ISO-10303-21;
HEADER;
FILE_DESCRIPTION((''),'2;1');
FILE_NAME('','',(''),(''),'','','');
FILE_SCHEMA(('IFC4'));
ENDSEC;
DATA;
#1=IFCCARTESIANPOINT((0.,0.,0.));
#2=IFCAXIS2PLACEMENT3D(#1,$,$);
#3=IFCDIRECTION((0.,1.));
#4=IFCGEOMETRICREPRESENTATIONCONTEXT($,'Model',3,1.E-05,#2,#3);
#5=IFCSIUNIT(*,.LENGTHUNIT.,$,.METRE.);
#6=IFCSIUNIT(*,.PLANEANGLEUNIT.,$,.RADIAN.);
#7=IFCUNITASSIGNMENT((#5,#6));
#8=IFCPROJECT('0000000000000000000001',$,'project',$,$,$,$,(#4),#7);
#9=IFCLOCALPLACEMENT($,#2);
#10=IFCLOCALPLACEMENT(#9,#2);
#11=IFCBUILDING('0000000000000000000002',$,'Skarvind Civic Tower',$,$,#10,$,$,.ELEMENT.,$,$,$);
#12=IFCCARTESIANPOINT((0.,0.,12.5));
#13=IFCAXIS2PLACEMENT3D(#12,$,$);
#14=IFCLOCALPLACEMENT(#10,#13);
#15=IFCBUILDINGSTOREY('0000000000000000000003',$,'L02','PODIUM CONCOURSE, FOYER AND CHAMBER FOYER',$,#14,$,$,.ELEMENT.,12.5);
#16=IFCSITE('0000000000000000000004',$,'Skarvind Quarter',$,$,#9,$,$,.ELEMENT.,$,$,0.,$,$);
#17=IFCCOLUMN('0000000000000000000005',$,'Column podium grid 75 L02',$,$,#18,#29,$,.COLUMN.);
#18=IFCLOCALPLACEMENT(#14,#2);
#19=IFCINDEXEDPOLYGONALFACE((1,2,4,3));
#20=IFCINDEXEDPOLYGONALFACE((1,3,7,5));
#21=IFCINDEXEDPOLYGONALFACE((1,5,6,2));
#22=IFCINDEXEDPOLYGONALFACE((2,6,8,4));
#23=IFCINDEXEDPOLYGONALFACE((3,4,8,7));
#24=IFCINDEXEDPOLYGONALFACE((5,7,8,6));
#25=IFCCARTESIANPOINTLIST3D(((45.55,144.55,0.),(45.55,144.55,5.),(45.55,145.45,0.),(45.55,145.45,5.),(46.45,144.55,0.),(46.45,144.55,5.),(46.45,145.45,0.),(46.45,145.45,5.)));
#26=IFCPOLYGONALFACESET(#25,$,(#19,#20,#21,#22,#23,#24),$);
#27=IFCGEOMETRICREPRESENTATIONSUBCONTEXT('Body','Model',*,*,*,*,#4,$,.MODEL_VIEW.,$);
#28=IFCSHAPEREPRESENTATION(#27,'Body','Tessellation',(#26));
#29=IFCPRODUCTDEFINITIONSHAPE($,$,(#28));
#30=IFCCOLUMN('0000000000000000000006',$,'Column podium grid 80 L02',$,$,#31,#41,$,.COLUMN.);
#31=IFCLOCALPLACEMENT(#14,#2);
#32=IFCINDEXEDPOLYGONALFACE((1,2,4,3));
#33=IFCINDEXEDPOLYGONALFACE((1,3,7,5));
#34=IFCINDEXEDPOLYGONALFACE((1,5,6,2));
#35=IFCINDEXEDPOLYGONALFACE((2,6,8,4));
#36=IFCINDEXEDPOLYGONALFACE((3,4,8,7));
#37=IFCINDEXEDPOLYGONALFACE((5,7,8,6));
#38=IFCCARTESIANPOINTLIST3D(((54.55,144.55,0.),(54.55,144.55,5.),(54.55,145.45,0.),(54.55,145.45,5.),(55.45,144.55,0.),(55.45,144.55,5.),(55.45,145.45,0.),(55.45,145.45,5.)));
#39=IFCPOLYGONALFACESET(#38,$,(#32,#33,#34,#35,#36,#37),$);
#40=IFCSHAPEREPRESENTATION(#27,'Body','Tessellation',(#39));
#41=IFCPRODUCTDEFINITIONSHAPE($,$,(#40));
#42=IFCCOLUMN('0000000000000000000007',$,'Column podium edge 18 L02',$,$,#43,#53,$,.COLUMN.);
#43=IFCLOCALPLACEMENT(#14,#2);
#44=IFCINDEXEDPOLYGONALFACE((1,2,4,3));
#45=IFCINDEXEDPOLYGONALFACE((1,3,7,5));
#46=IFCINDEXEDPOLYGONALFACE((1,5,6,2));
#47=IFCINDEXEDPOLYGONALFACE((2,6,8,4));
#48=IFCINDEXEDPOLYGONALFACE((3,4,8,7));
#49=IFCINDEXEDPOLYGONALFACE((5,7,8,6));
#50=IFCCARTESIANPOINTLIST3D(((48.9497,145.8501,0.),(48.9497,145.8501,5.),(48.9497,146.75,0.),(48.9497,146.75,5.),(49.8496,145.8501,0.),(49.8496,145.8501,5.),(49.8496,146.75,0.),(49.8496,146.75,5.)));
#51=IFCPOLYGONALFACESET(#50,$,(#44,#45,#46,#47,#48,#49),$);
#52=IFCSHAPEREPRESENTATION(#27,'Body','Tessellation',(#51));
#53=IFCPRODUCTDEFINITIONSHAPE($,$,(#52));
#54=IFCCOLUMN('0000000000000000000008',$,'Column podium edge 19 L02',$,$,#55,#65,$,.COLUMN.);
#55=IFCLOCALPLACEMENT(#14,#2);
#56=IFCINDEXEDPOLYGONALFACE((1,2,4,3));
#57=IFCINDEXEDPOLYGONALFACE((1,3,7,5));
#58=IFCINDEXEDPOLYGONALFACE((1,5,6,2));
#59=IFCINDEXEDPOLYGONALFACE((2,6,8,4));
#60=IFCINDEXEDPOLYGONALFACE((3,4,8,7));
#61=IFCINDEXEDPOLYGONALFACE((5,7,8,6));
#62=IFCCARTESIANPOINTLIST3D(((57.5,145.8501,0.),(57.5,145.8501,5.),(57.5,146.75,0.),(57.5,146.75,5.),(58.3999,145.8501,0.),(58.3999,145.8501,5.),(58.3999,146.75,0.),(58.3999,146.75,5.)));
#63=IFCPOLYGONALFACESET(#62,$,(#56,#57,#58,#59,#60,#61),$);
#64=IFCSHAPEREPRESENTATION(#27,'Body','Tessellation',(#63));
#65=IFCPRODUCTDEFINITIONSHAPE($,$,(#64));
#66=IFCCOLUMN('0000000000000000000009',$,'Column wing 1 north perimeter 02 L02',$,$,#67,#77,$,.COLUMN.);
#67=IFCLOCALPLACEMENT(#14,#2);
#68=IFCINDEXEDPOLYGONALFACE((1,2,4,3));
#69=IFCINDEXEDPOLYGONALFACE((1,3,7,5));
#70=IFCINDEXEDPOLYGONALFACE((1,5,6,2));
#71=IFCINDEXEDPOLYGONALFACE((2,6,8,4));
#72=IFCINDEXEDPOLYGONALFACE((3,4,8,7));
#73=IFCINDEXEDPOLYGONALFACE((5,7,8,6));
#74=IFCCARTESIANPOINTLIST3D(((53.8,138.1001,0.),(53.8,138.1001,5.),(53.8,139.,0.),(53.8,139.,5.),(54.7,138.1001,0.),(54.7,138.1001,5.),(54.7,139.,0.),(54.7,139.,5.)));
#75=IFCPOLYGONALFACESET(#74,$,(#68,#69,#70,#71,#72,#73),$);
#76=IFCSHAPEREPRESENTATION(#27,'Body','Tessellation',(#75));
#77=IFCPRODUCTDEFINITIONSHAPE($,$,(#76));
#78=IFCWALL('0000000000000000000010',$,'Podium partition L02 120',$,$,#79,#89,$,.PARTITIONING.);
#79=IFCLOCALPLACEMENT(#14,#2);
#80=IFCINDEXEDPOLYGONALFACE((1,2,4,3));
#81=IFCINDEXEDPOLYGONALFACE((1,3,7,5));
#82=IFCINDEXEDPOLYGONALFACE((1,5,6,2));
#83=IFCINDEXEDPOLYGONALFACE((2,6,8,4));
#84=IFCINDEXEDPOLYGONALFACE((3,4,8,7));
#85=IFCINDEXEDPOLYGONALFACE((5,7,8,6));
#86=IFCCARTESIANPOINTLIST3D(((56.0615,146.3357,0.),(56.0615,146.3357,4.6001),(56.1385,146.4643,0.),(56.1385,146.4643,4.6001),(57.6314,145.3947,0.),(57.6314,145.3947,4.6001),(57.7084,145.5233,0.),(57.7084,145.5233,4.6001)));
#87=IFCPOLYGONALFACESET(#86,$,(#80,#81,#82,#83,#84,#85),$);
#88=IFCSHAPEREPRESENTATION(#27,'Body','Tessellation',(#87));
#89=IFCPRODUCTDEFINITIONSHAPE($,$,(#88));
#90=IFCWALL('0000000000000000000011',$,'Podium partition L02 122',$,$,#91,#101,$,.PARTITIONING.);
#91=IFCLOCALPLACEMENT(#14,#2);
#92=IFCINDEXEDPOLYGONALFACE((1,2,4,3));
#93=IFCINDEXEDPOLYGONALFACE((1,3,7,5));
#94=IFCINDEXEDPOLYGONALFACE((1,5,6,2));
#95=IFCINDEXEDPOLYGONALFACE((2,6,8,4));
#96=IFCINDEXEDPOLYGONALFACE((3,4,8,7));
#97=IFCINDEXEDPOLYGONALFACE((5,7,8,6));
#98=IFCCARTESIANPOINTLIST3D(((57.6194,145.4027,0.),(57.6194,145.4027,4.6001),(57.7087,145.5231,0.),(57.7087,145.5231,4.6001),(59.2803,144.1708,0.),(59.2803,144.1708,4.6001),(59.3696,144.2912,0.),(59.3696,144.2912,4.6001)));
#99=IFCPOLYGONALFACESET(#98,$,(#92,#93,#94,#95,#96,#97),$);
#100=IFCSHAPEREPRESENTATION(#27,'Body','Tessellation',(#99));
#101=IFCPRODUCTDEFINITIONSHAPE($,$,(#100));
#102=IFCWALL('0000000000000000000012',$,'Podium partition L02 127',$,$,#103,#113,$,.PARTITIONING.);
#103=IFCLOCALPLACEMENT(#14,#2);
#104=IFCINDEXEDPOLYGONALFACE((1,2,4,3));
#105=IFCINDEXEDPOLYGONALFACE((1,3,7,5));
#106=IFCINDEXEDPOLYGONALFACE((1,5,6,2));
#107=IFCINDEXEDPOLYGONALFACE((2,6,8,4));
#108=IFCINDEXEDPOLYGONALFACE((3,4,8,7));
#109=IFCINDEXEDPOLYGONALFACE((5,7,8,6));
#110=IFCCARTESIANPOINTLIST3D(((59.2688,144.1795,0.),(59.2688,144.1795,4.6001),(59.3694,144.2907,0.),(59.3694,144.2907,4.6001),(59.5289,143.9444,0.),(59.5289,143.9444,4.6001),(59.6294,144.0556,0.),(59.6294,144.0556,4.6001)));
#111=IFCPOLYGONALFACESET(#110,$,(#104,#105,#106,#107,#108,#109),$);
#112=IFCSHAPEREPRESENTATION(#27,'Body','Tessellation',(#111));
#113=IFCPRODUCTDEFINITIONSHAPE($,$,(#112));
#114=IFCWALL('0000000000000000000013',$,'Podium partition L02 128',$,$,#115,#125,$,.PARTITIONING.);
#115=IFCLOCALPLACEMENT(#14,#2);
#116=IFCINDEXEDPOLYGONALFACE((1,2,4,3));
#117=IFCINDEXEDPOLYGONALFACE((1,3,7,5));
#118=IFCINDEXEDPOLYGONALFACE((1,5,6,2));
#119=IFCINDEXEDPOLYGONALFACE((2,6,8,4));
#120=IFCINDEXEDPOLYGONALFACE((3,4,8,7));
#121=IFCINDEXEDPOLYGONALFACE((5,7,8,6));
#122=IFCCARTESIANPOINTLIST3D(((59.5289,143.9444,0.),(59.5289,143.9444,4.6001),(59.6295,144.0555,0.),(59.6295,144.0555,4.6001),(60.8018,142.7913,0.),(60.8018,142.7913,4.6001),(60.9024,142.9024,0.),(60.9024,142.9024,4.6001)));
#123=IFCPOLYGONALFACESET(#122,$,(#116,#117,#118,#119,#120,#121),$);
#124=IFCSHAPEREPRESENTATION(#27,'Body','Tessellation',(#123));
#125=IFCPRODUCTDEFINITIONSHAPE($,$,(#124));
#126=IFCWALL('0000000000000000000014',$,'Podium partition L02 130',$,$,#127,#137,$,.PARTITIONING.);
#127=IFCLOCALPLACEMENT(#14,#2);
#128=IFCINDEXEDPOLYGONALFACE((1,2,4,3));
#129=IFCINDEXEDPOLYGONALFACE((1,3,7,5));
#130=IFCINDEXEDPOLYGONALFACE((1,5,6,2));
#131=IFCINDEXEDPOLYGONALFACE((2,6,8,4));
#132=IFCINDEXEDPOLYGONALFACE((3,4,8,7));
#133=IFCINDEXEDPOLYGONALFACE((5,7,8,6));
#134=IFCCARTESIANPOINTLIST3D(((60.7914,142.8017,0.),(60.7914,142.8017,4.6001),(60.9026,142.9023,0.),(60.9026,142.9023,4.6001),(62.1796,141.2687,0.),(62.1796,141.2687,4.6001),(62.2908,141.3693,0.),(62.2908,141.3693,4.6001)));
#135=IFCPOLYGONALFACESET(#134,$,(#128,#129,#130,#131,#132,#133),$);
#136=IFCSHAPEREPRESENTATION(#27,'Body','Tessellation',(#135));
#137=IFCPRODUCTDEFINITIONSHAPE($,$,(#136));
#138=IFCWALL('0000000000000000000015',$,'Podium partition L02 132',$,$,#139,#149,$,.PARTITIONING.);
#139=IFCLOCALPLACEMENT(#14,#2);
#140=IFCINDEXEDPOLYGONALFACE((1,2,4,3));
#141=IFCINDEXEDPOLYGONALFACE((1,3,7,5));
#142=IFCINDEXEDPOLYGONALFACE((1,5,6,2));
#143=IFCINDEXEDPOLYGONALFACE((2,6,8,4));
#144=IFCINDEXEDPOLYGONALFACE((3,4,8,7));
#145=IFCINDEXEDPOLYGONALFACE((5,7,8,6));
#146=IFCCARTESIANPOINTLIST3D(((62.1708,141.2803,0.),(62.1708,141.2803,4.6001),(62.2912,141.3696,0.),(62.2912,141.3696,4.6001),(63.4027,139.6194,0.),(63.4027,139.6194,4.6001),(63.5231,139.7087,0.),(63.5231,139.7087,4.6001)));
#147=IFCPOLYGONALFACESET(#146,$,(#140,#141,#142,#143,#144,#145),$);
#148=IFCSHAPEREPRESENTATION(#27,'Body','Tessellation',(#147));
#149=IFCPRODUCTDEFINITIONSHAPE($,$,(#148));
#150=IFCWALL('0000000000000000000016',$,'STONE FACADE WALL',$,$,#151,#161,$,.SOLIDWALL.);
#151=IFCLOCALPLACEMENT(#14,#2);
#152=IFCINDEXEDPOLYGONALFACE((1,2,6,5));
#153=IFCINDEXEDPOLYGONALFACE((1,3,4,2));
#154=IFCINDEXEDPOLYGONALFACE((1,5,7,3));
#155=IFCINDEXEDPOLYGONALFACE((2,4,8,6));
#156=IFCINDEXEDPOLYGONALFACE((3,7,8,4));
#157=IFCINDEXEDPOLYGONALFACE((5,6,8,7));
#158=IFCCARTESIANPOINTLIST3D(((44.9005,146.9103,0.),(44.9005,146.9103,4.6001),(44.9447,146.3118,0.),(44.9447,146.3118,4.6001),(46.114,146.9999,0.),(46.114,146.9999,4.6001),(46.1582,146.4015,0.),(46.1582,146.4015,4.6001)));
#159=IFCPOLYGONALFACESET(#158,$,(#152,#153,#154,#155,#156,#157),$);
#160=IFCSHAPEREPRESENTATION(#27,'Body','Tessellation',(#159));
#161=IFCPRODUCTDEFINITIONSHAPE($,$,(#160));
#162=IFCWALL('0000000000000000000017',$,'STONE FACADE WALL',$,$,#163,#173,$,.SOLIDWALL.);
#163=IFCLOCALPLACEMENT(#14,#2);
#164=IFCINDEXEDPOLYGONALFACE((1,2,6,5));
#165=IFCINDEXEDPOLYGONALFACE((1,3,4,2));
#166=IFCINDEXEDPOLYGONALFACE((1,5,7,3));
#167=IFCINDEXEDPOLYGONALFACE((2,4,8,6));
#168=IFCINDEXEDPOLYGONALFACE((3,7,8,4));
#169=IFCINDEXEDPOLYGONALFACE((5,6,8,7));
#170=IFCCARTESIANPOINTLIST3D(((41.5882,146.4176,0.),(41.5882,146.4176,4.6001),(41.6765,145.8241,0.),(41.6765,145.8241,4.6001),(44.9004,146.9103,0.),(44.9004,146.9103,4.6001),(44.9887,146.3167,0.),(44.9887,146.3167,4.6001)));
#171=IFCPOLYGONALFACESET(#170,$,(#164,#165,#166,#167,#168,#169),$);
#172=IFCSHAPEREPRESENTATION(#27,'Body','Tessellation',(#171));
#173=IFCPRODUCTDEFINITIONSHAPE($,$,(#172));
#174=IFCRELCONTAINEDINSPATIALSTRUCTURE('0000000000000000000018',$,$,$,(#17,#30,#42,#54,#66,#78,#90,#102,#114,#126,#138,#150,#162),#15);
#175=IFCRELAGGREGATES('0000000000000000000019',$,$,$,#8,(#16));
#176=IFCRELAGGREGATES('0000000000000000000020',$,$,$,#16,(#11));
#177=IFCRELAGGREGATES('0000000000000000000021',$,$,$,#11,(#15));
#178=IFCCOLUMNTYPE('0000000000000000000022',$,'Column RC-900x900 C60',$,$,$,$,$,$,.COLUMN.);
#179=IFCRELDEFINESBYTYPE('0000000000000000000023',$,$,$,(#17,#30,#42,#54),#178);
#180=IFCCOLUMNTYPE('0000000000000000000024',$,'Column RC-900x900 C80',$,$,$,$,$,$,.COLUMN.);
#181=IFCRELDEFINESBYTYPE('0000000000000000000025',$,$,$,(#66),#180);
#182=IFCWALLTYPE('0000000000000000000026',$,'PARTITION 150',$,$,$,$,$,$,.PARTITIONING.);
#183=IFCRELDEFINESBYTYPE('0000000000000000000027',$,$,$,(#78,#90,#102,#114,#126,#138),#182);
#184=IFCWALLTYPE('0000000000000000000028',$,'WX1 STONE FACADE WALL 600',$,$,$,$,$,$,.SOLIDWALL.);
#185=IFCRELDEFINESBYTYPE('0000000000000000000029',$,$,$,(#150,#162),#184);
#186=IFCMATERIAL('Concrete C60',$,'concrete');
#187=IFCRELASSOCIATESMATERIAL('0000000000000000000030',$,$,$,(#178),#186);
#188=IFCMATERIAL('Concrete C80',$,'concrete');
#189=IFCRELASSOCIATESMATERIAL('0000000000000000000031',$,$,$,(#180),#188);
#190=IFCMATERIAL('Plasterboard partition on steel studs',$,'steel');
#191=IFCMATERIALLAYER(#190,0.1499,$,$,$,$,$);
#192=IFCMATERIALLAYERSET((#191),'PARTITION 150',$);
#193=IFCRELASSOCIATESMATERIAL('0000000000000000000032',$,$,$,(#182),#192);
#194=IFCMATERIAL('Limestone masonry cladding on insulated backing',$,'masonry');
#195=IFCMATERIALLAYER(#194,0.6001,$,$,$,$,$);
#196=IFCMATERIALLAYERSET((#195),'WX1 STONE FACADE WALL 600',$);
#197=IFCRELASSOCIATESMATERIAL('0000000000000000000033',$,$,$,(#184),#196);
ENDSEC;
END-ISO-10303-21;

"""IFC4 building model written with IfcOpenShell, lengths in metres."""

from ifc_helpers import new_model, si_unit, direction, frame, frame_2d, origin, origin_2d, place, context, subcontext, project, spatial, rectangle, extrude, material, layer, layer_set, material_profile, profile_set, type_object, element, save


model = new_model("IFC4")

# Units and contexts
model_context = context("Model", 3, precision=1e-05, world=origin(), true_north=direction((0.0, 1.0)))
body_context = subcontext(model_context, "Body", "Model", "MODEL_VIEW")
ifc_project = project(units=[si_unit("LENGTHUNIT", "METRE"), si_unit("PLANEANGLEUNIT", "RADIAN")], contexts=[model_context])

# Site, building, storey
site_placement = place(None, origin())
site = spatial("IfcSite", under=ifc_project, at=site_placement, Name="Skarvind Quarter", CompositionType="ELEMENT", RefElevation=0.0)
building_placement = place(site_placement, origin())
building = spatial("IfcBuilding", under=site, at=building_placement, Name="Skarvind Civic Tower", CompositionType="ELEMENT")
storey_placement = place(building_placement, frame((0.0, 0.0, 12.5)))
storey = spatial("IfcBuildingStorey", under=building, at=storey_placement, Name="L02", Description="PODIUM CONCOURSE, FOYER AND CHAMBER FOYER", CompositionType="ELEMENT", Elevation=12.5)

# Columns
ifc_material_1 = material(Name="Concrete C60", Category="concrete")
ifc_material_profile_1 = material_profile(ifc_material_1, rectangle(XDim=0.8999, YDim=0.8999, at=origin_2d()), Name="RC-900x900")
ifc_profile_set_1 = profile_set([ifc_material_profile_1], Name="Concrete C60")
column_type_1 = type_object("IfcColumnType", Name="Column RC-900x900 C60", PredefinedType="COLUMN", material=ifc_profile_set_1)
for number, where, z_axis, x_axis, name in (
    (1, (46.0, 145.0, 0.0), (0.0, 0.0, 1.0), (1.0, 0.0, 0.0), "Column podium grid 75 L02"),
    (2, (55.0, 145.0, 0.0), (0.0, 0.0, 1.0), (1.0, 0.0, 0.0), "Column podium grid 80 L02"),
    (3, (49.3997, 146.3, 0.0), (0.0, 0.0, 1.0), (1.0, 0.0, 0.0), "Column podium edge 18 L02"),
    (4, (57.95, 146.3, 0.0), (0.0, 0.0, 1.0), (1.0, 0.0, 0.0), "Column podium edge 19 L02"),
):
    element("IfcColumn", number, at=place(storey_placement, frame(where, z_axis=z_axis, x_axis=x_axis)), inside=storey, type_object=column_type_1, Name=name, PredefinedType="COLUMN", context=body_context, shape_type="SweptSolid", body=[
        extrude(rectangle(XDim=0.8999, YDim=0.8999, at=origin_2d()), origin(), (0.0, 0.0, 1.0), 5.0),
    ])
ifc_material_2 = material(Name="Concrete C80", Category="concrete")
ifc_material_profile_2 = material_profile(ifc_material_2, rectangle(XDim=0.8999, YDim=0.8999, at=origin_2d()), Name="RC-900x900")
ifc_profile_set_2 = profile_set([ifc_material_profile_2], Name="Concrete C80")
column_type_2 = type_object("IfcColumnType", Name="Column RC-900x900 C80", PredefinedType="COLUMN", material=ifc_profile_set_2)
column_placement = place(storey_placement, frame((54.25, 138.55, 0.0), z_axis=(0.0, 0.0, 1.0), x_axis=(1.0, 0.0, 0.0)))
element("IfcColumn", 5, at=column_placement, inside=storey, type_object=column_type_2, Name="Column wing 1 north perimeter 02 L02", PredefinedType="COLUMN", context=body_context, shape_type="SweptSolid", body=[
    extrude(rectangle(XDim=0.8999, YDim=0.8999, at=origin_2d()), origin(), (0.0, 0.0, 1.0), 5.0),
])

# Walls
ifc_material_3 = material(Name="Plasterboard partition on steel studs", Category="steel")
ifc_layer_1 = layer(ifc_material_3, 0.1499)
ifc_layer_set_1 = layer_set([ifc_layer_1], Name="PARTITION 150")
wall_type_1 = type_object("IfcWallType", Name="PARTITION 150", PredefinedType="PARTITIONING", material=ifc_layer_set_1)
wall_1_placement = place(storey_placement, frame((56.1001, 146.3999, 0.0), z_axis=(0.0, 0.0, 1.0), x_axis=(0.857728, -0.514103, 0.0)))
element("IfcWall", 6, at=wall_1_placement, inside=storey, type_object=wall_type_1, Name="Podium partition L02 120", PredefinedType="PARTITIONING", context=body_context, shape_type="SweptSolid", body=[
    extrude(rectangle(XDim=1.8303, YDim=0.1499, at=frame_2d((0.915, 0.0))), origin(), (0.0, 0.0, 1.0), 4.6001),
])
wall_2_placement = place(storey_placement, frame((57.6641, 145.4629, 0.0), z_axis=(0.0, 0.0, 1.0), x_axis=(0.803176, -0.595741, 0.0)))
element("IfcWall", 7, at=wall_2_placement, inside=storey, type_object=wall_type_1, Name="Podium partition L02 122", PredefinedType="PARTITIONING", context=body_context, shape_type="SweptSolid", body=[
    extrude(rectangle(XDim=2.0679, YDim=0.1499, at=frame_2d((1.0339, 0.0))), origin(), (0.0, 0.0, 1.0), 4.6001),
])
wall_3_placement = place(storey_placement, frame((59.3191, 144.2351, 0.0), z_axis=(0.0, 0.0, 1.0), x_axis=(0.741734, -0.670694, 0.0)))
element("IfcWall", 8, at=wall_3_placement, inside=storey, type_object=wall_type_1, Name="Podium partition L02 127", PredefinedType="PARTITIONING", context=body_context, shape_type="SweptSolid", body=[
    extrude(rectangle(XDim=0.3506, YDim=0.1499, at=frame_2d((0.1753, 0.0))), origin(), (0.0, 0.0, 1.0), 4.6001),
])
wall_4_placement = place(storey_placement, frame((59.5791, 144.0, 0.0), z_axis=(0.0, 0.0, 1.0), x_axis=(0.741142, -0.671349, 0.0)))
element("IfcWall", 9, at=wall_4_placement, inside=storey, type_object=wall_type_1, Name="Podium partition L02 128", PredefinedType="PARTITIONING", context=body_context, shape_type="SweptSolid", body=[
    extrude(rectangle(XDim=1.7175, YDim=0.1499, at=frame_2d((0.8589, 0.0))), origin(), (0.0, 0.0, 1.0), 4.6001),
])
wall_5_placement = place(storey_placement, frame((60.8469, 142.8521, 0.0), z_axis=(0.0, 0.0, 1.0), x_axis=(0.671238, -0.741242, 0.0)))
element("IfcWall", 10, at=wall_5_placement, inside=storey, type_object=wall_type_1, Name="Podium partition L02 130", PredefinedType="PARTITIONING", context=body_context, shape_type="SweptSolid", body=[
    extrude(rectangle(XDim=2.0681, YDim=0.1499, at=frame_2d((1.0342, 0.0))), origin(), (0.0, 0.0, 1.0), 4.6001),
])
wall_6_placement = place(storey_placement, frame((62.231, 141.325, 0.0), z_axis=(0.0, 0.0, 1.0), x_axis=(0.595741, -0.803176, 0.0)))
element("IfcWall", 11, at=wall_6_placement, inside=storey, type_object=wall_type_1, Name="Podium partition L02 132", PredefinedType="PARTITIONING", context=body_context, shape_type="SweptSolid", body=[
    extrude(rectangle(XDim=2.0679, YDim=0.1499, at=frame_2d((1.0339, 0.0))), origin(), (0.0, 0.0, 1.0), 4.6001),
])

# Shared definitions
ifc_material_4 = material(Name="Limestone masonry cladding on insulated backing", Category="masonry")
ifc_layer_2 = layer(ifc_material_4, 0.6001)
ifc_layer_set_2 = layer_set([ifc_layer_2], Name="WX1 STONE FACADE WALL 600")
wall_type_2 = type_object("IfcWallType", Name="WX1 STONE FACADE WALL 600", PredefinedType="SOLIDWALL", material=ifc_layer_set_2)

# Walls
wall_7_placement = place(storey_placement, frame((44.9226, 146.6111, 0.0), z_axis=(0.0, 0.0, 1.0), x_axis=(0.997285, 0.073643, 0.0)))
element("IfcWall", 12, at=wall_7_placement, inside=storey, type_object=wall_type_2, Name="STONE FACADE WALL", PredefinedType="SOLIDWALL", context=body_context, shape_type="SweptSolid", body=[
    extrude(rectangle(XDim=1.2168, YDim=0.6001, at=frame_2d((0.6084, 0.0))), origin(), (0.0, 0.0, 1.0), 4.6001),
])
wall_8_placement = place(storey_placement, frame((41.6323, 146.1208, 0.0), z_axis=(0.0, 0.0, 1.0), x_axis=(0.989118, 0.147125, 0.0)))
element("IfcWall", 13, at=wall_8_placement, inside=storey, type_object=wall_type_2, Name="STONE FACADE WALL", PredefinedType="SOLIDWALL", context=body_context, shape_type="SweptSolid", body=[
    extrude(rectangle(XDim=3.3486, YDim=0.6001, at=frame_2d((1.6743, 0.0))), origin(), (0.0, 0.0, 1.0), 4.6001),
])

save(model, "model.ifc")
